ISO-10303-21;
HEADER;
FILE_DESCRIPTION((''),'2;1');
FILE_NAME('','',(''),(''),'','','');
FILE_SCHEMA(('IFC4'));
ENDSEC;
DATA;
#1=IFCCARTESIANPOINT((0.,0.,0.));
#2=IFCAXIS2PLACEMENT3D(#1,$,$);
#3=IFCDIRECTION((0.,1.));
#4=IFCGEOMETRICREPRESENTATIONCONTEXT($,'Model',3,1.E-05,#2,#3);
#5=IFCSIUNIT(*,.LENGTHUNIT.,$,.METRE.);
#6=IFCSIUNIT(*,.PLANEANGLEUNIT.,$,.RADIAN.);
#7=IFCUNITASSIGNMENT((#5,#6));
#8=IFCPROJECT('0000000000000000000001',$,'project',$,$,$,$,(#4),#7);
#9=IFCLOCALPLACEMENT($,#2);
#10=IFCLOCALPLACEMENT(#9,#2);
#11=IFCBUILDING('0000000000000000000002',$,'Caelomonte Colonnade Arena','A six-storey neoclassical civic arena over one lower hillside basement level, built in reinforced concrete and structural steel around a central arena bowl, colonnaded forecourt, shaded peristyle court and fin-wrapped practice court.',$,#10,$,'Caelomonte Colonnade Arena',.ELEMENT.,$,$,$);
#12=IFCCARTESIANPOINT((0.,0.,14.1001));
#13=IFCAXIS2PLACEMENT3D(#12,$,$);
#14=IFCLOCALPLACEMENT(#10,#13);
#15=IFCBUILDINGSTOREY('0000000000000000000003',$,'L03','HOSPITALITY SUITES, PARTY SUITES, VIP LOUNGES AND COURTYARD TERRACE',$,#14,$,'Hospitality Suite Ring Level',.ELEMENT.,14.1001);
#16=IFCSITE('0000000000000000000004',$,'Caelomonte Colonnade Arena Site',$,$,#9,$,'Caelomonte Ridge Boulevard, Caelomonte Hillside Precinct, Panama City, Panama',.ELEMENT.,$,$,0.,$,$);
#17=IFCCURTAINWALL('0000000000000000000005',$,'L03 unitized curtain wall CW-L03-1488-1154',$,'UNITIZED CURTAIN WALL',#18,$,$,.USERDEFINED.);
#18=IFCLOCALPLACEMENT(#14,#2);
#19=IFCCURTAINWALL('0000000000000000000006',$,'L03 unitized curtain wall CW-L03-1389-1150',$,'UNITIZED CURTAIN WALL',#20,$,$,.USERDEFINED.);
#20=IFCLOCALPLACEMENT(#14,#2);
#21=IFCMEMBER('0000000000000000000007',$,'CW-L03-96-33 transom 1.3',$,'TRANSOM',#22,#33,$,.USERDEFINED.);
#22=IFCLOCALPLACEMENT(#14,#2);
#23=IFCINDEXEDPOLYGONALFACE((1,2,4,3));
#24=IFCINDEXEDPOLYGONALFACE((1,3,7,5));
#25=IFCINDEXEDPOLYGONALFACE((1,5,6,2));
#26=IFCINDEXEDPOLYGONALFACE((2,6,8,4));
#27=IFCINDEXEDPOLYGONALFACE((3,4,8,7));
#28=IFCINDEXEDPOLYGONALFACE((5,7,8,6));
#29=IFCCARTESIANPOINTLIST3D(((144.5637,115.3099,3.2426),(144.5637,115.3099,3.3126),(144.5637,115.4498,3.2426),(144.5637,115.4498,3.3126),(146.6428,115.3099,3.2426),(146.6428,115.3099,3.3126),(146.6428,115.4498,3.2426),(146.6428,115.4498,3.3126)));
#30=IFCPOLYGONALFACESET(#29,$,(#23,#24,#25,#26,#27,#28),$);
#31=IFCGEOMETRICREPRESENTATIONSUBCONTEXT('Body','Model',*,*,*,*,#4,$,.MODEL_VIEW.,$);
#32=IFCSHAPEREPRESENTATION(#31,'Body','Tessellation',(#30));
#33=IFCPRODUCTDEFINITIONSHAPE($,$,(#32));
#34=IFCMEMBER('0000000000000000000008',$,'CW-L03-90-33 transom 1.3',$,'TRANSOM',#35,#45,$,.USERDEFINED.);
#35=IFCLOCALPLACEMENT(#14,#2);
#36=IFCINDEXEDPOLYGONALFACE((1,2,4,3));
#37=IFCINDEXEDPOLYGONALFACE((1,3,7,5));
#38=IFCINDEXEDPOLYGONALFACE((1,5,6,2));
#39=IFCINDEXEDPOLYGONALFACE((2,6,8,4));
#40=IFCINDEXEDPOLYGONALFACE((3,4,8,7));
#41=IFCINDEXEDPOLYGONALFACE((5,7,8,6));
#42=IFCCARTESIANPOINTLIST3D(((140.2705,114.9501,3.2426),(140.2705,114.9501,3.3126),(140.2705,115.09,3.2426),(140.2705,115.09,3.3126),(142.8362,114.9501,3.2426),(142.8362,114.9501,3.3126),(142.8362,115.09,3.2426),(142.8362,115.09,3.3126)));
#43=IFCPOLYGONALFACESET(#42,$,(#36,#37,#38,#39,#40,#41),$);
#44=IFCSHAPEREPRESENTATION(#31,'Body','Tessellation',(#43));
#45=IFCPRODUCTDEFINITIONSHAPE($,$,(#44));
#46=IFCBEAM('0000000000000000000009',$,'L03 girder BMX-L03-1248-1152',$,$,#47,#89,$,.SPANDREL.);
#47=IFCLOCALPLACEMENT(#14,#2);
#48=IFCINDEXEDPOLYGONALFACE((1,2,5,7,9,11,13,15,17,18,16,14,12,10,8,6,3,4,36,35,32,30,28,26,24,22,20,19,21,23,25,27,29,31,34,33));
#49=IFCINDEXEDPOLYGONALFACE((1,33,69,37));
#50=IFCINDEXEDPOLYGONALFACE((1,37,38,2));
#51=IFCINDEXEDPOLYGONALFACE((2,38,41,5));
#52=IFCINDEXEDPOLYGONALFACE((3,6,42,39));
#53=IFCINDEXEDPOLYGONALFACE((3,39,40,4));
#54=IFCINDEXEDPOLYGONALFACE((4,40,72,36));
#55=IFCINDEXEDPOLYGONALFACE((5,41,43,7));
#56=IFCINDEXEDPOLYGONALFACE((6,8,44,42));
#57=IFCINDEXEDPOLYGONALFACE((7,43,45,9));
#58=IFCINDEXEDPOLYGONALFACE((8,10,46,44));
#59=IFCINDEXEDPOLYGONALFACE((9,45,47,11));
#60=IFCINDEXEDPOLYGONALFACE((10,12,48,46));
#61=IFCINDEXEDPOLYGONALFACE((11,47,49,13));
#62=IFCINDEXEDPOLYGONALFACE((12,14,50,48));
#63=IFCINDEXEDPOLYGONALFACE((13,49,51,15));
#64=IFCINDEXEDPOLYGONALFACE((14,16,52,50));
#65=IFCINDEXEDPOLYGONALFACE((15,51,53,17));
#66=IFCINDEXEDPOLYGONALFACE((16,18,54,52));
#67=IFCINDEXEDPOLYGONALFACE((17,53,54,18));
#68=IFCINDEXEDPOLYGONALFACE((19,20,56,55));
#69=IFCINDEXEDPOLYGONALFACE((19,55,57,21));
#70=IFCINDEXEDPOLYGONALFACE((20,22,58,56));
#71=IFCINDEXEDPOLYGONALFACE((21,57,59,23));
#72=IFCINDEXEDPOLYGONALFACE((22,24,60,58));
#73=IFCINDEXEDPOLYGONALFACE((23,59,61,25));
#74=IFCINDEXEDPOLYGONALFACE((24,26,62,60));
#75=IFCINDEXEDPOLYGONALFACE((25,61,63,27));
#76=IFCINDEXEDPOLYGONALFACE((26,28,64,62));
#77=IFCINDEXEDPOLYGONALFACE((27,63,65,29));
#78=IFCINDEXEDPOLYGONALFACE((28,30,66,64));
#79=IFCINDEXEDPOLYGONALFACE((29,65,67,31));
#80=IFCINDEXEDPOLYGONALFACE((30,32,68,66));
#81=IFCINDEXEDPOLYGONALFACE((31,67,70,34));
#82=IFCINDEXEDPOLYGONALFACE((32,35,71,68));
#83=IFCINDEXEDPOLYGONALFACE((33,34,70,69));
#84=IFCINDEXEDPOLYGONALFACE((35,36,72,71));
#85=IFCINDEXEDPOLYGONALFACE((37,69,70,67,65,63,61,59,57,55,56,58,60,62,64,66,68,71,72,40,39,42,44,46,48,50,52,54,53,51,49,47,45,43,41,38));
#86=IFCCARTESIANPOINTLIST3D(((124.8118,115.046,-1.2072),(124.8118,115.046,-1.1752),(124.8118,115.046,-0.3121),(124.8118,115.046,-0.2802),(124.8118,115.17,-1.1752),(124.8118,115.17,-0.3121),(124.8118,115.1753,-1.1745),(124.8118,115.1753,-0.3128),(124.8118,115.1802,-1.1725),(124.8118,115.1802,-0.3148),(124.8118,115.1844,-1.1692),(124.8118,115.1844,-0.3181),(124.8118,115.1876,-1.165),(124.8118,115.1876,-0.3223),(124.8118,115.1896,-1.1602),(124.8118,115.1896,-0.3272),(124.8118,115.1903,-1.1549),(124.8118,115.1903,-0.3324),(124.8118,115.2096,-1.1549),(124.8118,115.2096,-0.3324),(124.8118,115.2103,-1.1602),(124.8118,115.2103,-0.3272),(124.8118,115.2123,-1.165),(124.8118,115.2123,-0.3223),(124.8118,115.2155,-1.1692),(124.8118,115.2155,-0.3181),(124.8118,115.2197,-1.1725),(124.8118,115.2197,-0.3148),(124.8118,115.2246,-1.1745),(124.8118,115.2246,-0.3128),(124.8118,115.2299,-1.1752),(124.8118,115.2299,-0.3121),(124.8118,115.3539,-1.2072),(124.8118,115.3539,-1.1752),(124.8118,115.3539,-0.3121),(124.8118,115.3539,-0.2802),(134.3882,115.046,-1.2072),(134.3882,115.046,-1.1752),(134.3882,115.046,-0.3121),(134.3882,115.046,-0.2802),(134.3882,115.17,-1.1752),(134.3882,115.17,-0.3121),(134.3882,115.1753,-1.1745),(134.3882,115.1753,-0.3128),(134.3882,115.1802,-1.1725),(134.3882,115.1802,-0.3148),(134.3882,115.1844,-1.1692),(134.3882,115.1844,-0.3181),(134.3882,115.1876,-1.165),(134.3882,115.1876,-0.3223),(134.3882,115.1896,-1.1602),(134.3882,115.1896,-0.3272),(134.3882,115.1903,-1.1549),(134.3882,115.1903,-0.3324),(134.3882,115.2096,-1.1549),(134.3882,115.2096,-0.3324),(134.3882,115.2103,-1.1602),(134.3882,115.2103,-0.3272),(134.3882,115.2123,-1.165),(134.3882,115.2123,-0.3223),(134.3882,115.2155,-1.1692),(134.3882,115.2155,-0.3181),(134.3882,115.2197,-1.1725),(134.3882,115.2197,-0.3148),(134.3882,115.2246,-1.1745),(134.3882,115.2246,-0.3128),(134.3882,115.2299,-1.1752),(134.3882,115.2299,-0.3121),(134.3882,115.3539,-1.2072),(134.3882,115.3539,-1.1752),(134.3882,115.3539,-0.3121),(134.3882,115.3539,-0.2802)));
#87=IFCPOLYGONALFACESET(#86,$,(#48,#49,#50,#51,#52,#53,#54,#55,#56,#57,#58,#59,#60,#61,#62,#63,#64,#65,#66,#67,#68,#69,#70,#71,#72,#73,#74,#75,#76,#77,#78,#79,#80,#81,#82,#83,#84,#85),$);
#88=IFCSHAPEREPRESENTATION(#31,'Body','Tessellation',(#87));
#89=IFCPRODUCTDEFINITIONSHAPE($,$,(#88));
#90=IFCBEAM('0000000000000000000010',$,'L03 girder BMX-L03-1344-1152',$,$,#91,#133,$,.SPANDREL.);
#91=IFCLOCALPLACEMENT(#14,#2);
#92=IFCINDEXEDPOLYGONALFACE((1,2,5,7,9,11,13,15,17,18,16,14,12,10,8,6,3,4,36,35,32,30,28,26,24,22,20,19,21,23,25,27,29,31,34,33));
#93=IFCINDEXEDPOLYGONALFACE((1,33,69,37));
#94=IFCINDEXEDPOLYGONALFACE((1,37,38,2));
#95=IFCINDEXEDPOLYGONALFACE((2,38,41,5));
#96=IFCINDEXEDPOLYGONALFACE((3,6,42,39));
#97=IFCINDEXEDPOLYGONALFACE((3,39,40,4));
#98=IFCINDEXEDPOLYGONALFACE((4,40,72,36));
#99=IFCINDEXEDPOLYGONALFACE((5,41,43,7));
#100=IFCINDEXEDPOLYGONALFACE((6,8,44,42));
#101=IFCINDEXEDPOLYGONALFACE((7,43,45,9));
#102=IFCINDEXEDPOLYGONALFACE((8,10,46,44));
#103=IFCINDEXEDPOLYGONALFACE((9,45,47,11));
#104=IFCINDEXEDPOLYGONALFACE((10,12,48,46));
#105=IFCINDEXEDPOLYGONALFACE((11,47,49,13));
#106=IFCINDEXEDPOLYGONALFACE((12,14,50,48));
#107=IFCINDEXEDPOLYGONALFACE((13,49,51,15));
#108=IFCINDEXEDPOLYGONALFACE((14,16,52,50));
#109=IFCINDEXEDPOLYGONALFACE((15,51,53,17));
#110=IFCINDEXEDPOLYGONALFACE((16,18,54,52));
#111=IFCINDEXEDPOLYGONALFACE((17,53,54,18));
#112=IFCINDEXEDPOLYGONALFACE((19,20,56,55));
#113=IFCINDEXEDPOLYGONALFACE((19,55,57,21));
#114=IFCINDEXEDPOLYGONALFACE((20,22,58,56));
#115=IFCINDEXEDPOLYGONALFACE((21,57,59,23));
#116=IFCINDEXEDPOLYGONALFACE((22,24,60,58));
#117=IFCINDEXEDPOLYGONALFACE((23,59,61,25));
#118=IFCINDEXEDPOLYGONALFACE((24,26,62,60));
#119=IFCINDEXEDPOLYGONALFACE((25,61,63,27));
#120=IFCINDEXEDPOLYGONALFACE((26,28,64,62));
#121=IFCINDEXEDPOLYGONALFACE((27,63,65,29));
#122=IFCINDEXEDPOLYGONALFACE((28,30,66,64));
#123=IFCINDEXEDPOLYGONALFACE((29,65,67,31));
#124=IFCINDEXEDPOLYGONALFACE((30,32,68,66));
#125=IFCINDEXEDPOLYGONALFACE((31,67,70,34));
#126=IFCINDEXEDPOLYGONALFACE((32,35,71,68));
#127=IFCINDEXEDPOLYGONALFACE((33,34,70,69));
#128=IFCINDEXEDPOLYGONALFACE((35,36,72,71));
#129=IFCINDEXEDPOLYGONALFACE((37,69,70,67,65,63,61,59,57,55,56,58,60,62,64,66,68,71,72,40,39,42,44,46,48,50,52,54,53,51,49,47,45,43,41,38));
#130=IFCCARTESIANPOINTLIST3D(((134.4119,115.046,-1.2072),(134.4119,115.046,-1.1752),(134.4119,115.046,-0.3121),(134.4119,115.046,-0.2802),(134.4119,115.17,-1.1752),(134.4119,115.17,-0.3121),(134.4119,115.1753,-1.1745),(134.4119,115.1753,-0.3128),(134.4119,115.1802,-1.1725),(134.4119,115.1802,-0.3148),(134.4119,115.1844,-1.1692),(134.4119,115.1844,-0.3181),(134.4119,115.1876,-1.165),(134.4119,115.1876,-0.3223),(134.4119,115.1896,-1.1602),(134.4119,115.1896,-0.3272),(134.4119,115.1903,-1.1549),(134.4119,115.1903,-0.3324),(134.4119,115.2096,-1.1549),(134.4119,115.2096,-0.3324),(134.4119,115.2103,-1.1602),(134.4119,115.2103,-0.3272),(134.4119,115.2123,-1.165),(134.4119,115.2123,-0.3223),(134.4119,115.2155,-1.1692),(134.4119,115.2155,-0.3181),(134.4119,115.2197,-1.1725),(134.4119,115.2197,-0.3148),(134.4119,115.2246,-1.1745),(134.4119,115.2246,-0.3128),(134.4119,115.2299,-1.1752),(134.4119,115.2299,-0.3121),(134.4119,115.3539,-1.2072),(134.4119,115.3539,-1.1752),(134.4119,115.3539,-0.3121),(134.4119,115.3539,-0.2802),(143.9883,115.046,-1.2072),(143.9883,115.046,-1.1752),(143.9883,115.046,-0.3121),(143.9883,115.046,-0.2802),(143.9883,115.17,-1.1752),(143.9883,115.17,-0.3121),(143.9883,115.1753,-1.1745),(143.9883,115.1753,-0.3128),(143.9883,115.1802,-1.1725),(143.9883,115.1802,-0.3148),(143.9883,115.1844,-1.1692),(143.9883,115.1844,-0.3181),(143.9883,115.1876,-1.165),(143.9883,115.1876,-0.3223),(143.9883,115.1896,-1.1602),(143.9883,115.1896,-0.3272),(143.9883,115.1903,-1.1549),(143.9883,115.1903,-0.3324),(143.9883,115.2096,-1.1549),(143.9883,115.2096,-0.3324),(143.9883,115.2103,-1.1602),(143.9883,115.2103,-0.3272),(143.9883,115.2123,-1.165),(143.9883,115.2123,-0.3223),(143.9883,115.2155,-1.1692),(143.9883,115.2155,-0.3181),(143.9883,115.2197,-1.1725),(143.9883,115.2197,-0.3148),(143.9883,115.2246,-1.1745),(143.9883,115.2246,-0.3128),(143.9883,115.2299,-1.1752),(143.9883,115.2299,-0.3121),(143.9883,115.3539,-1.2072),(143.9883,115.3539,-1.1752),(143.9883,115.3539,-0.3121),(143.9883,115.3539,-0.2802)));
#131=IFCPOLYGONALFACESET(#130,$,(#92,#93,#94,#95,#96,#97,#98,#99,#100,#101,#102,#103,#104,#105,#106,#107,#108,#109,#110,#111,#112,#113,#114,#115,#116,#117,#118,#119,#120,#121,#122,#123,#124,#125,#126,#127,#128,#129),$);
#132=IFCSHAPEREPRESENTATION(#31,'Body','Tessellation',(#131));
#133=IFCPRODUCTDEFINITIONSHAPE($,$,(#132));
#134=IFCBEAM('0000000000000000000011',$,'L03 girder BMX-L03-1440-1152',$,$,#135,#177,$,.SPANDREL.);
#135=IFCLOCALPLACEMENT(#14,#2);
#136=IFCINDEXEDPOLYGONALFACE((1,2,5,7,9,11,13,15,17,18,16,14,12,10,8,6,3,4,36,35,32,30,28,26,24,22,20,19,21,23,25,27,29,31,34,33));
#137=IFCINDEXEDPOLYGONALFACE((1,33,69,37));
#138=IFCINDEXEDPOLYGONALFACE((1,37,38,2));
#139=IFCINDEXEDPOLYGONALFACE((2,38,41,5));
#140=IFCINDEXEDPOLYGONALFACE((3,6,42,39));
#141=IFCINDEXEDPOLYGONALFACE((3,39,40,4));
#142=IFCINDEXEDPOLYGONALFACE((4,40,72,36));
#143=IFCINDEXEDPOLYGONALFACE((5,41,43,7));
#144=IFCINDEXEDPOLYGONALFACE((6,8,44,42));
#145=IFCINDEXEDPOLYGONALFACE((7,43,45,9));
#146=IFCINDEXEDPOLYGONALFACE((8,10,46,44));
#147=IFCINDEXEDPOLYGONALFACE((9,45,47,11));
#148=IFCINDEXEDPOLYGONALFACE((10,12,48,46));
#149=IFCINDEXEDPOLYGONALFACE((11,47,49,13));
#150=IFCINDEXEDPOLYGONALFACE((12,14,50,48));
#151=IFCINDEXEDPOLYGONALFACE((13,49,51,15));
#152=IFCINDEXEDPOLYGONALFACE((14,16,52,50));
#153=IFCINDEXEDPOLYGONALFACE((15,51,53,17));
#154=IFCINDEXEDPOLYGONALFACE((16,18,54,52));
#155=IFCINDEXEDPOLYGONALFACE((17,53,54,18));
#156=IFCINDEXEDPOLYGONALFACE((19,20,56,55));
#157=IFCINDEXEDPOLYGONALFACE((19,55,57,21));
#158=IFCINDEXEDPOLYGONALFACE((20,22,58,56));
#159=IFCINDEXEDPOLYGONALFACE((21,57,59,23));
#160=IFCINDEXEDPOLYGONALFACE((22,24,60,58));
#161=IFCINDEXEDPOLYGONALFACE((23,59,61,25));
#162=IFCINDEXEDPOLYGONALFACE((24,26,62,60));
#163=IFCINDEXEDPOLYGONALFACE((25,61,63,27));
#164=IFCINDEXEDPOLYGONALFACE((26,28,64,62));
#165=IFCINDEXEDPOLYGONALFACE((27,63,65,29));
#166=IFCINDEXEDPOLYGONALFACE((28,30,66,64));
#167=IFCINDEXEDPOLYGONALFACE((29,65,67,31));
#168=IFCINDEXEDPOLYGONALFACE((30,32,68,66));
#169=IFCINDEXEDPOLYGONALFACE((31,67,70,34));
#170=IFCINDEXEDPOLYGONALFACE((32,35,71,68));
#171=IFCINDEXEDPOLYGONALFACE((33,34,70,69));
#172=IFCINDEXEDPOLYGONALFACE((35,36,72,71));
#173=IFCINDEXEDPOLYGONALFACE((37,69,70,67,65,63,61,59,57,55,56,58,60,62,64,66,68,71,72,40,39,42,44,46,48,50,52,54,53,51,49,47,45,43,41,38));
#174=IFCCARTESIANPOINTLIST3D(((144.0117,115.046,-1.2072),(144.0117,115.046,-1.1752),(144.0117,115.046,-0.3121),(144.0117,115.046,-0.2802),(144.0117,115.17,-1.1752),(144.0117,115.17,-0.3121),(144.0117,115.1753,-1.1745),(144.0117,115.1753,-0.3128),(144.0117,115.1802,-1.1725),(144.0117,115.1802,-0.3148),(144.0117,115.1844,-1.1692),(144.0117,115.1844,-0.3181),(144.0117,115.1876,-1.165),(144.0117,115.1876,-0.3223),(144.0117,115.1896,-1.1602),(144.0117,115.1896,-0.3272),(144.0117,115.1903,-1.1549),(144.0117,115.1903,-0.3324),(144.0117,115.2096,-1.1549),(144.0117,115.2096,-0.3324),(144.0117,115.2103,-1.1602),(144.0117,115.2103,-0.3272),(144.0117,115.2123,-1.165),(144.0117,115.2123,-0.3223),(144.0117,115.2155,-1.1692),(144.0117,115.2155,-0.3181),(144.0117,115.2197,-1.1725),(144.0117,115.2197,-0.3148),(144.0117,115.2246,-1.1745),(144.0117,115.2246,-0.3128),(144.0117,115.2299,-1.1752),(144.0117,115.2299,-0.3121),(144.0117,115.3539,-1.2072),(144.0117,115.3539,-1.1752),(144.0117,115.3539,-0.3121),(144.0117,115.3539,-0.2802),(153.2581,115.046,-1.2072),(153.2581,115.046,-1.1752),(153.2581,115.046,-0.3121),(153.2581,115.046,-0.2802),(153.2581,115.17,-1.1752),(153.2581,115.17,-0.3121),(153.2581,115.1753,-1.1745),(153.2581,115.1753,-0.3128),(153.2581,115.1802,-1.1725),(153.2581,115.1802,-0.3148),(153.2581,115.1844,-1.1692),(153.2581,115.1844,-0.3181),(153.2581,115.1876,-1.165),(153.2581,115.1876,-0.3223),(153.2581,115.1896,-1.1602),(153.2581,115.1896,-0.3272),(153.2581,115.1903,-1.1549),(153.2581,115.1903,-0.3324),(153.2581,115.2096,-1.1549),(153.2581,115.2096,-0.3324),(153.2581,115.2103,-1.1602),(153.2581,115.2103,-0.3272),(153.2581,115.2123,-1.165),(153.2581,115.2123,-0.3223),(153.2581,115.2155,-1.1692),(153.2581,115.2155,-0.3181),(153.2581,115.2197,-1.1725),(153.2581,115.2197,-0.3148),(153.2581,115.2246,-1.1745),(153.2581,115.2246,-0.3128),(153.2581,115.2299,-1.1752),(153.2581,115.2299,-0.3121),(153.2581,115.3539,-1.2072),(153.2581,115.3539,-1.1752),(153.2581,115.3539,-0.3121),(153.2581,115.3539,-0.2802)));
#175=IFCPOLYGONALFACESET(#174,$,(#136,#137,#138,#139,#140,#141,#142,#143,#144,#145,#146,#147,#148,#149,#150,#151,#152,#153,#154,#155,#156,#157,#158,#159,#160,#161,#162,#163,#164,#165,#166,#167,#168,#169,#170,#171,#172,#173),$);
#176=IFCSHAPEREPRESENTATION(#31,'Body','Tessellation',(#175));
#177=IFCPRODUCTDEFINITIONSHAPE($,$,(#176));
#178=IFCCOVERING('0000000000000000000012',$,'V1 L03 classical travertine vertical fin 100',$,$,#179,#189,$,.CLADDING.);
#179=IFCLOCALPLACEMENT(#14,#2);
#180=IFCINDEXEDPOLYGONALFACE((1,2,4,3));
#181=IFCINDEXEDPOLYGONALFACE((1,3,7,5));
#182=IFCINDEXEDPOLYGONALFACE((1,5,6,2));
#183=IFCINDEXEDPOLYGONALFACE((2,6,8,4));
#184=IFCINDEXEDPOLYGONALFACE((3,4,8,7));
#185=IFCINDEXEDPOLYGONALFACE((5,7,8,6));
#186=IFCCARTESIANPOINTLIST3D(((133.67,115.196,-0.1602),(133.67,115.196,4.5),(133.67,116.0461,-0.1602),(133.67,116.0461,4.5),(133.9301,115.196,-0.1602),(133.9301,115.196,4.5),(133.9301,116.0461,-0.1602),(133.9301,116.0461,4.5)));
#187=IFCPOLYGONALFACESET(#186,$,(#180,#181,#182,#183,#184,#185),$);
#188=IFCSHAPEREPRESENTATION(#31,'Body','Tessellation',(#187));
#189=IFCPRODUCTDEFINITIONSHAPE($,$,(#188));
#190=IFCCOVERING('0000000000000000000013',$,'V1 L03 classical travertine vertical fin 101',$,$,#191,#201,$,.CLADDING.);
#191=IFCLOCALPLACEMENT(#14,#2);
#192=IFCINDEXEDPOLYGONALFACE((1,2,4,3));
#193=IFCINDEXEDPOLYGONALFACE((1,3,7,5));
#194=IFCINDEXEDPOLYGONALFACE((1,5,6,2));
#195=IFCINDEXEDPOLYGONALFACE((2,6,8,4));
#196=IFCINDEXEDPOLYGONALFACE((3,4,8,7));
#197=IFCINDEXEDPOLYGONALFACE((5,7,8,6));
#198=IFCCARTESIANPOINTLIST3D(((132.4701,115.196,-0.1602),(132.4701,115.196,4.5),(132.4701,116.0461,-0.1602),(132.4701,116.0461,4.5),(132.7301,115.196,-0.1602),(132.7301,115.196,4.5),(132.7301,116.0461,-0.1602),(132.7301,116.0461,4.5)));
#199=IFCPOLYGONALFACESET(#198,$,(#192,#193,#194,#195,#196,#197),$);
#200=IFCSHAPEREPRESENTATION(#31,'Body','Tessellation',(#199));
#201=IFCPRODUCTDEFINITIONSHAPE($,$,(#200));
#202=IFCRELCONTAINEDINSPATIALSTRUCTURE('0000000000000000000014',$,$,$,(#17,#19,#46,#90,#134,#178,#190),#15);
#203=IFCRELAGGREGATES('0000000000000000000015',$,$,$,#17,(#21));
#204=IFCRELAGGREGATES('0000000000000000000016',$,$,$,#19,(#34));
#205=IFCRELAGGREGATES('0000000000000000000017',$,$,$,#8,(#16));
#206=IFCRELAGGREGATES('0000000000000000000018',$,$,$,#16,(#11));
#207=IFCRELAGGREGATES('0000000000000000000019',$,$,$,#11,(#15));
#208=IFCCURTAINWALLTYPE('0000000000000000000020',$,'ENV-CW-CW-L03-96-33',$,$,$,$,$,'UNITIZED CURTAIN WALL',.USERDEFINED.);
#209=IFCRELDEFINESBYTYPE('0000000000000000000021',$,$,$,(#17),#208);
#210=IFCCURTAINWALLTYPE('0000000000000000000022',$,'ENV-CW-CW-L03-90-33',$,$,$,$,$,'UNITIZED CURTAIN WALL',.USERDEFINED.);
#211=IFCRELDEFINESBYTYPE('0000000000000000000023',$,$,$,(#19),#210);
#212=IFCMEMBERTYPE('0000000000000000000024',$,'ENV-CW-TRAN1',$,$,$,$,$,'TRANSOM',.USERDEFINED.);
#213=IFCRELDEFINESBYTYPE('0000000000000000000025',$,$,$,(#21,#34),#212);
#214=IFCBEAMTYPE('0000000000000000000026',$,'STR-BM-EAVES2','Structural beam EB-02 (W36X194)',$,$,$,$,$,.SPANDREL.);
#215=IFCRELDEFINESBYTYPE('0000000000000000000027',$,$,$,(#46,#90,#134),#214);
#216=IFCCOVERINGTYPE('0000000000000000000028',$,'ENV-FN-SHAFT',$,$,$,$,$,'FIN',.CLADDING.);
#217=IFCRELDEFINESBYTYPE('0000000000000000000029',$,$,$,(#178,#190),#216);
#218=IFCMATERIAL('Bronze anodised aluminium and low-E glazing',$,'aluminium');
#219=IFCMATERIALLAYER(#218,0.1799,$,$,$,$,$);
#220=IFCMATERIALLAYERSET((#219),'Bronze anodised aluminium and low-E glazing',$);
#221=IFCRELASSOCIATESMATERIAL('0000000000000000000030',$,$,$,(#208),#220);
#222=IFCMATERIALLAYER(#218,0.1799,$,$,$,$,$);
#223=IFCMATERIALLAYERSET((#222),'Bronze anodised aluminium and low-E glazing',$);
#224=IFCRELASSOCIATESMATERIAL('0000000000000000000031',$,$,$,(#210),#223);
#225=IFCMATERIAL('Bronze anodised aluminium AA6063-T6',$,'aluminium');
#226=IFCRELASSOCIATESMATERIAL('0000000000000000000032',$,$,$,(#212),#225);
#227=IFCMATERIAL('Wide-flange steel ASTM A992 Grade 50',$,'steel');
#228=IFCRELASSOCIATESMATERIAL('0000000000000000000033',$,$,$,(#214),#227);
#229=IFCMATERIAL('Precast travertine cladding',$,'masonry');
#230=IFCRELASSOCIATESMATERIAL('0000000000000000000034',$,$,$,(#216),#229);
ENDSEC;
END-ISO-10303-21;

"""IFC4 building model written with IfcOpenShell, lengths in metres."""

from ifc_helpers import new_model, si_unit, direction, frame, origin, origin_2d, place, context, subcontext, project, spatial, rectangle, i_section, extrude, material, layer, layer_set, material_profile, profile_set, type_object, element, aggregate, save


model = new_model("IFC4")

# Units and contexts
model_context = context("Model", 3, precision=1e-05, world=origin(), true_north=direction((0.0, 1.0)))
body_context = subcontext(model_context, "Body", "Model", "MODEL_VIEW")
ifc_project = project(units=[si_unit("LENGTHUNIT", "METRE"), si_unit("PLANEANGLEUNIT", "RADIAN")], contexts=[model_context])

# Site, building, storey
site_placement = place(None, origin())
site = spatial("IfcSite", under=ifc_project, at=site_placement, Name="Caelomonte Colonnade Arena Site", LongName="Caelomonte Ridge Boulevard, Caelomonte Hillside Precinct, Panama City, Panama", CompositionType="ELEMENT", RefElevation=0.0)
building_placement = place(site_placement, origin())
building = spatial("IfcBuilding", under=site, at=building_placement, Name="Caelomonte Colonnade Arena", Description="A six-storey neoclassical civic arena over one lower hillside basement level, built in reinforced concrete and structural steel around a central arena bowl, colonnaded forecourt, shaded peristyle court and fin-wrapped practice court.", LongName="Caelomonte Colonnade Arena", CompositionType="ELEMENT")
storey_placement = place(building_placement, frame((0.0, 0.0, 14.1001)))
storey = spatial("IfcBuildingStorey", under=building, at=storey_placement, Name="L03", Description="HOSPITALITY SUITES, PARTY SUITES, VIP LOUNGES AND COURTYARD TERRACE", LongName="Hospitality Suite Ring Level", CompositionType="ELEMENT", Elevation=14.1001)

# Shared definitions
ifc_material_1 = material(Name="Wide-flange steel ASTM A992 Grade 50", Category="steel")

# Curtain walls
ifc_material_2 = material(Name="Bronze anodised aluminium and low-E glazing", Category="aluminium")
ifc_layer_1 = layer(ifc_material_2, 0.1799)
ifc_layer_set_1 = layer_set([ifc_layer_1], Name="Bronze anodised aluminium and low-E glazing")
curtain_wall_type_1 = type_object("IfcCurtainWallType", Name="ENV-CW-CW-L03-96-33", ElementType="UNITIZED CURTAIN WALL", PredefinedType="USERDEFINED", material=ifc_layer_set_1)
curtain_wall_1_placement = place(storey_placement, origin())
curtain_wall_1 = element("IfcCurtainWall", 1, at=curtain_wall_1_placement, inside=storey, type_object=curtain_wall_type_1, Name="L03 unitized curtain wall CW-L03-1488-1154", ObjectType="UNITIZED CURTAIN WALL", PredefinedType="USERDEFINED")
ifc_material_3 = material(Name="Bronze anodised aluminium AA6063-T6", Category="aluminium")
ifc_layer_2 = layer(ifc_material_2, 0.1799)
ifc_layer_set_2 = layer_set([ifc_layer_2], Name="Bronze anodised aluminium and low-E glazing")
curtain_wall_type_2 = type_object("IfcCurtainWallType", Name="ENV-CW-CW-L03-90-33", ElementType="UNITIZED CURTAIN WALL", PredefinedType="USERDEFINED", material=ifc_layer_set_2)
curtain_wall_2_placement = place(storey_placement, origin())
curtain_wall_2 = element("IfcCurtainWall", 2, at=curtain_wall_2_placement, inside=storey, type_object=curtain_wall_type_2, Name="L03 unitized curtain wall CW-L03-1389-1150", ObjectType="UNITIZED CURTAIN WALL", PredefinedType="USERDEFINED")

# Members
ifc_material_profile_1 = material_profile(ifc_material_3, rectangle(XDim=0.0701, YDim=0.1399, at=origin_2d()), Name="CWT-70X140")
ifc_profile_set_1 = profile_set([ifc_material_profile_1], Name="Bronze anodised aluminium AA6063-T6")
member_type_1 = type_object("IfcMemberType", Name="ENV-CW-TRAN1", ElementType="TRANSOM", PredefinedType="USERDEFINED", material=ifc_profile_set_1)
member_1_placement = place(storey_placement, frame((144.5637, 115.3799, 3.2776), z_axis=(1.0, 0.0, 0.0), x_axis=(0.0, 0.0, 1.0)))
member_1 = element("IfcMember", 3, at=member_1_placement, type_object=member_type_1, Name="CW-L03-96-33 transom 1.3", ObjectType="TRANSOM", PredefinedType="USERDEFINED", context=body_context, shape_type="SweptSolid", body=[
    extrude(rectangle(XDim=0.0701, YDim=0.1399, at=origin_2d()), origin(), (0.0, 0.0, 1.0), 2.0791),
])
aggregate(curtain_wall_1, [member_1])
member_2_placement = place(storey_placement, frame((142.8362, 115.02, 3.2776), z_axis=(-1.0, 0.0, 0.0), x_axis=(0.0, 0.0, 1.0)))
member_2 = element("IfcMember", 4, at=member_2_placement, type_object=member_type_1, Name="CW-L03-90-33 transom 1.3", ObjectType="TRANSOM", PredefinedType="USERDEFINED", context=body_context, shape_type="SweptSolid", body=[
    extrude(rectangle(XDim=0.0701, YDim=0.1399, at=origin_2d()), origin(), (0.0, 0.0, 1.0), 2.5657),
])
aggregate(curtain_wall_2, [member_2])

# Beams
ifc_material_profile_2 = material_profile(ifc_material_1, i_section(OverallWidth=0.3079, OverallDepth=0.927, WebThickness=0.0193, FlangeThickness=0.032, FilletRadius=0.0203, at=origin_2d()), Name="W36X194")
ifc_profile_set_2 = profile_set([ifc_material_profile_2], Name="Wide-flange steel ASTM A992 Grade 50")
beam_type = type_object("IfcBeamType", Name="STR-BM-EAVES2", Description="Structural beam EB-02 (W36X194)", PredefinedType="SPANDREL", material=ifc_profile_set_2)
for number, where, z_axis, x_axis, name in (
    (5, (124.8118, 115.2, -0.7437), (1.0, 0.0, 0.0), (0.0, 1.0, 0.0), "L03 girder BMX-L03-1248-1152"),
    (6, (134.4119, 115.2, -0.7437), (1.0, 0.0, 0.0), (0.0, 1.0, 0.0), "L03 girder BMX-L03-1344-1152"),
):
    element("IfcBeam", number, at=place(storey_placement, frame(where, z_axis=z_axis, x_axis=x_axis)), inside=storey, type_object=beam_type, Name=name, PredefinedType="SPANDREL", context=body_context, shape_type="SweptSolid", body=[
        extrude(i_section(OverallWidth=0.3079, OverallDepth=0.927, WebThickness=0.0193, FlangeThickness=0.032, FilletRadius=0.0203, at=origin_2d()), origin(), (0.0, 0.0, 1.0), 9.5764),
    ])
beam_placement = place(storey_placement, frame((144.0117, 115.2, -0.7437), z_axis=(1.0, 0.0, 0.0), x_axis=(0.0, 1.0, 0.0)))
element("IfcBeam", 7, at=beam_placement, inside=storey, type_object=beam_type, Name="L03 girder BMX-L03-1440-1152", PredefinedType="SPANDREL", context=body_context, shape_type="SweptSolid", body=[
    extrude(i_section(OverallWidth=0.3079, OverallDepth=0.927, WebThickness=0.0193, FlangeThickness=0.032, FilletRadius=0.0203, at=origin_2d()), origin(), (0.0, 0.0, 1.0), 9.2463),
])

# Coverings
ifc_material_4 = material(Name="Precast travertine cladding", Category="masonry")
ifc_material_profile_3 = material_profile(ifc_material_4, rectangle(XDim=0.26, YDim=0.8501, at=origin_2d()), Name="FIN260X850")
ifc_profile_set_3 = profile_set([ifc_material_profile_3], Name="Precast travertine cladding")
covering_type = type_object("IfcCoveringType", Name="ENV-FN-SHAFT", ElementType="FIN", PredefinedType="CLADDING", material=ifc_profile_set_3)
for number, where, z_axis, x_axis, name in (
    (8, (133.8, 115.6211, -0.1602), (0.0, 0.0, 1.0), (1.0, 0.0, 0.0), "V1 L03 classical travertine vertical fin 100"),
    (9, (132.6001, 115.6211, -0.1602), (0.0, 0.0, 1.0), (1.0, 0.0, 0.0), "V1 L03 classical travertine vertical fin 101"),
):
    element("IfcCovering", number, at=place(storey_placement, frame(where, z_axis=z_axis, x_axis=x_axis)), inside=storey, type_object=covering_type, Name=name, PredefinedType="CLADDING", context=body_context, shape_type="SweptSolid", body=[
        extrude(rectangle(XDim=0.26, YDim=0.8501, at=origin_2d()), origin(), (0.0, 0.0, 1.0), 4.6602),
    ])

save(model, "model.ifc")
